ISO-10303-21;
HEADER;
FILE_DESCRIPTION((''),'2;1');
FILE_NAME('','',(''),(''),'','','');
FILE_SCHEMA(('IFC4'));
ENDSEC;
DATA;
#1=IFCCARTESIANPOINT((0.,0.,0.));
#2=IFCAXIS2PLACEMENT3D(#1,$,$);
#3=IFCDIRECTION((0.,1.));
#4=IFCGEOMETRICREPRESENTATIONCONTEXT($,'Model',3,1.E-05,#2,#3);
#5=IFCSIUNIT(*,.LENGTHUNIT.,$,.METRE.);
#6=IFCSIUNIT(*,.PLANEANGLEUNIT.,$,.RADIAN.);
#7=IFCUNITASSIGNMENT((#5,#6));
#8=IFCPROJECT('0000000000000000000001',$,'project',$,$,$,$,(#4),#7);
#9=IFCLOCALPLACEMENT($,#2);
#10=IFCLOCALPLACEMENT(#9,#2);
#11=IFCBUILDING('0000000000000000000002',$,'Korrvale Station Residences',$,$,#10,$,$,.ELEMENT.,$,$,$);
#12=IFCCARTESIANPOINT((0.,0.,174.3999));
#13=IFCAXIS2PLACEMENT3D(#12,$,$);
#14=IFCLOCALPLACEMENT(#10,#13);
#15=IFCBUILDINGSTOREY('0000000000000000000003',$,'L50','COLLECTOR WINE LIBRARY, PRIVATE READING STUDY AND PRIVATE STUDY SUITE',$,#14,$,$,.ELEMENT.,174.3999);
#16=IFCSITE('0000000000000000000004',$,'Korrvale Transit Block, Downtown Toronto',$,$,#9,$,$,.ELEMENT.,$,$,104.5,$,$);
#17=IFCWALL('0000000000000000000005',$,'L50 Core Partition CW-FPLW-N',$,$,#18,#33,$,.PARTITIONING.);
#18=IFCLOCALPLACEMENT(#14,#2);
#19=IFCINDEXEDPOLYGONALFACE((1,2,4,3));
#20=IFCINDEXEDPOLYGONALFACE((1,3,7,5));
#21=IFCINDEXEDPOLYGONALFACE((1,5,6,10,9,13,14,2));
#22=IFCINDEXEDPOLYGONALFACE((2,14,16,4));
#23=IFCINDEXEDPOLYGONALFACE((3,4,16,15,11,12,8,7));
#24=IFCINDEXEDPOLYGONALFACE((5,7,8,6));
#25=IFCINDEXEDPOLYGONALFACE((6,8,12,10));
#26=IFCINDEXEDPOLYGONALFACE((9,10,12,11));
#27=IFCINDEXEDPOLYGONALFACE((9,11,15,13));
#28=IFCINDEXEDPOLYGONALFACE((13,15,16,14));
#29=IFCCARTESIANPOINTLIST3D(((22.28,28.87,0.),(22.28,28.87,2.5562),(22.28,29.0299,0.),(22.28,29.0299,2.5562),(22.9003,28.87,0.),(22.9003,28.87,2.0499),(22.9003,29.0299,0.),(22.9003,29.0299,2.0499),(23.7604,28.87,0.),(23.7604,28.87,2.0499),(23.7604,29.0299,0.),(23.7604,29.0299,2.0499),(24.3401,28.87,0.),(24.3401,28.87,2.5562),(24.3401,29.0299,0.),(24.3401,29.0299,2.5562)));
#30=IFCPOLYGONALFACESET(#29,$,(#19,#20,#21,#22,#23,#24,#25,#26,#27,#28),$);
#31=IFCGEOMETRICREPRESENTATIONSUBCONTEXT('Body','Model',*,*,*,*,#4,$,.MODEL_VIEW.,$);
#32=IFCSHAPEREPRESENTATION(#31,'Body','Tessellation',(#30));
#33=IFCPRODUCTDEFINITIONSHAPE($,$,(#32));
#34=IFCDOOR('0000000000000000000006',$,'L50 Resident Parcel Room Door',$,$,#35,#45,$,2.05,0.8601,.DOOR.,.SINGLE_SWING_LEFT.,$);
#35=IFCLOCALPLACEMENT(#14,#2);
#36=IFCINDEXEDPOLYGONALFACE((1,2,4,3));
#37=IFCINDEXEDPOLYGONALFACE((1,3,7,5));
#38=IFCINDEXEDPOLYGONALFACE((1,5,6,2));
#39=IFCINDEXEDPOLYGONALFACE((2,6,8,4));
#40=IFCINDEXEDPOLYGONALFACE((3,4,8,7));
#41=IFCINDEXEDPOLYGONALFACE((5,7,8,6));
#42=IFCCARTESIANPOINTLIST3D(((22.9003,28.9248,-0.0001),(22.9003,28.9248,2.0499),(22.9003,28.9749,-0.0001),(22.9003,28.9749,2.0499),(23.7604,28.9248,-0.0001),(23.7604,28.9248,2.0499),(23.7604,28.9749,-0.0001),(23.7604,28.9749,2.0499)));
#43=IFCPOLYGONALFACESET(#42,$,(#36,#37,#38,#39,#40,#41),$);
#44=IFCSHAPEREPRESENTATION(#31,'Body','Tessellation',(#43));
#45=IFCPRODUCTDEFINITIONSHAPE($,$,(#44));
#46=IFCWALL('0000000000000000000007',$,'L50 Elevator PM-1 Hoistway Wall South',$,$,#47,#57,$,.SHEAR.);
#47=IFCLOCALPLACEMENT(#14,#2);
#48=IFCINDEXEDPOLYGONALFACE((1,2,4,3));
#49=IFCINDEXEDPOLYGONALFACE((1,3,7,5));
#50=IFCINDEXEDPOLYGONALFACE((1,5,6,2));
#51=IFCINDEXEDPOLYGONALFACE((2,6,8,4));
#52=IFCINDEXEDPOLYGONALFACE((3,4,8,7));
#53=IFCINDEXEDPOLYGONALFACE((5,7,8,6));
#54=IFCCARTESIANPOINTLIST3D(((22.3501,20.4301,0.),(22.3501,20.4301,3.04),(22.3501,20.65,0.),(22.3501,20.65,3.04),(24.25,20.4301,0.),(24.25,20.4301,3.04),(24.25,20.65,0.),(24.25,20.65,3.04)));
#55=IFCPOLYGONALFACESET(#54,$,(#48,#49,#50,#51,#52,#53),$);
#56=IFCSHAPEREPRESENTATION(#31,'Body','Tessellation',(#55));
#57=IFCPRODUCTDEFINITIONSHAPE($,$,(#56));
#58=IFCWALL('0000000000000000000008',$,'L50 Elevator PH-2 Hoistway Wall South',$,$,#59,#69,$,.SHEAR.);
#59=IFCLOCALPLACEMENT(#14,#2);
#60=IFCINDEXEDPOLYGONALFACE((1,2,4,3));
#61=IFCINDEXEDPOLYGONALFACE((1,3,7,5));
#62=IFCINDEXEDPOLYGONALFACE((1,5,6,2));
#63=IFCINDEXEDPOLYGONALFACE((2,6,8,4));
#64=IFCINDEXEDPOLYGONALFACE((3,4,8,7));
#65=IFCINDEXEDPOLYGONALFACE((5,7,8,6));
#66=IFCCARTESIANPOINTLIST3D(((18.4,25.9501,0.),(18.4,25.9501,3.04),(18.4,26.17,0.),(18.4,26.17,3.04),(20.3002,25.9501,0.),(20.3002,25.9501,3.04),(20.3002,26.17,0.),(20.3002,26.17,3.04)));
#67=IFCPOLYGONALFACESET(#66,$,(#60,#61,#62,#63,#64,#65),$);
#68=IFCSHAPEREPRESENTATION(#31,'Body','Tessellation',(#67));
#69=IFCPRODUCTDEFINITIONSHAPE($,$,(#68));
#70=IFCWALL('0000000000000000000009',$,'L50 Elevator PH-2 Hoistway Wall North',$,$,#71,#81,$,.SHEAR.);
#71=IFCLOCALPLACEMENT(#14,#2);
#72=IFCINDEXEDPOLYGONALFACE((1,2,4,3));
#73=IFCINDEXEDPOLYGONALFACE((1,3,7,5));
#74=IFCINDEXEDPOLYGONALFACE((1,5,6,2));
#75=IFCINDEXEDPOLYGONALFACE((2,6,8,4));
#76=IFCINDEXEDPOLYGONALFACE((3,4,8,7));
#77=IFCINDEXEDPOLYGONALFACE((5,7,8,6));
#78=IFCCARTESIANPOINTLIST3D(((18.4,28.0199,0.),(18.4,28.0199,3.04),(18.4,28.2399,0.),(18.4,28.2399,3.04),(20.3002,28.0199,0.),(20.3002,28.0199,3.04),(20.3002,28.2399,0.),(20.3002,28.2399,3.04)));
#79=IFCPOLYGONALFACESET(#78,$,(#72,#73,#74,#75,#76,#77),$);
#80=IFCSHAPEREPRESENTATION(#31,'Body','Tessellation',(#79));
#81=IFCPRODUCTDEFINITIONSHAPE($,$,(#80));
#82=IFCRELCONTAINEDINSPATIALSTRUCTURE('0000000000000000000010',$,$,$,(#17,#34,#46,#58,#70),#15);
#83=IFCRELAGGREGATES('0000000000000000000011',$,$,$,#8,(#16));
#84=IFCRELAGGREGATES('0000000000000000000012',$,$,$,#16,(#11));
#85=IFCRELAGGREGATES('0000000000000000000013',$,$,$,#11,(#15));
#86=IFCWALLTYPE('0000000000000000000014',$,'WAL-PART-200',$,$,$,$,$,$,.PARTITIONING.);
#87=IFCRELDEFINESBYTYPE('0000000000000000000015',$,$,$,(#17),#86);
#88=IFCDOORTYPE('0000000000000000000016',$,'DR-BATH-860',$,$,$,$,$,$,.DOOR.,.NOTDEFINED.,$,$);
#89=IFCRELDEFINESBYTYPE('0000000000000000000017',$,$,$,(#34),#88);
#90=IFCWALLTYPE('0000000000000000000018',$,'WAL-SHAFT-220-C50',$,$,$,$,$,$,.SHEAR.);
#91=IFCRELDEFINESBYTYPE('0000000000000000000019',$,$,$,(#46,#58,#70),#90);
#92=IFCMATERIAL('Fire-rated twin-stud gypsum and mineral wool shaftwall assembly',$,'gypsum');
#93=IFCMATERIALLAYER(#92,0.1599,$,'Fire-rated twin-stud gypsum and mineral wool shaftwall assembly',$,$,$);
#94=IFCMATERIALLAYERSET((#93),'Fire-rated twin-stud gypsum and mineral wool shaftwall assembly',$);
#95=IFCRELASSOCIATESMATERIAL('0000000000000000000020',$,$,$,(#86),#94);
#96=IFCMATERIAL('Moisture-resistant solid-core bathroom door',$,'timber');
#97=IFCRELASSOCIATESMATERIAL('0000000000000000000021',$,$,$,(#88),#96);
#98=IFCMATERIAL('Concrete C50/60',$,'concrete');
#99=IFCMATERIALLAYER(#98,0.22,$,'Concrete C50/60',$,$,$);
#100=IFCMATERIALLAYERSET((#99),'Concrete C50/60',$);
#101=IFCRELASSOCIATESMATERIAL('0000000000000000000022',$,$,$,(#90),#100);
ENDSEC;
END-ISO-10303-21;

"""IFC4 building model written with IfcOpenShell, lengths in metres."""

from ifc_helpers import new_model, si_unit, direction, frame, frame_2d, origin, place, context, subcontext, project, spatial, rectangle, extrude, material, layer, layer_set, type_object, element, fill, save


model = new_model("IFC4")

# Units and contexts
model_context = context("Model", 3, precision=1e-05, world=origin(), true_north=direction((0.0, 1.0)))
body_context = subcontext(model_context, "Body", "Model", "MODEL_VIEW")
ifc_project = project(units=[si_unit("LENGTHUNIT", "METRE"), si_unit("PLANEANGLEUNIT", "RADIAN")], contexts=[model_context])

# Site, building, storey
site_placement = place(None, origin())
site = spatial("IfcSite", under=ifc_project, at=site_placement, Name="Korrvale Transit Block, Downtown Toronto", CompositionType="ELEMENT", RefElevation=104.5)
building_placement = place(site_placement, origin())
building = spatial("IfcBuilding", under=site, at=building_placement, Name="Korrvale Station Residences", CompositionType="ELEMENT")
storey_placement = place(building_placement, frame((0.0, 0.0, 174.3999)))
storey = spatial("IfcBuildingStorey", under=building, at=storey_placement, Name="L50", Description="COLLECTOR WINE LIBRARY, PRIVATE READING STUDY AND PRIVATE STUDY SUITE", CompositionType="ELEMENT", Elevation=174.3999)

# Shared definitions
ifc_material_1 = material(Name="Concrete C50/60", Category="concrete")

# Wall, opening, door
ifc_material_2 = material(Name="Fire-rated twin-stud gypsum and mineral wool shaftwall assembly", Category="gypsum")
ifc_layer_1 = layer(ifc_material_2, 0.1599, Name="Fire-rated twin-stud gypsum and mineral wool shaftwall assembly")
ifc_layer_set_1 = layer_set([ifc_layer_1], Name="Fire-rated twin-stud gypsum and mineral wool shaftwall assembly")
wall_type_1 = type_object("IfcWallType", Name="WAL-PART-200", PredefinedType="PARTITIONING", material=ifc_layer_set_1)
wall_1_placement = place(storey_placement, frame((22.28, 28.95, 0.0), z_axis=(0.0, 0.0, 1.0), x_axis=(1.0, 0.0, 0.0)))
wall_1 = element("IfcWall", 1, at=wall_1_placement, inside=storey, type_object=wall_type_1, Name="L50 Core Partition CW-FPLW-N", PredefinedType="PARTITIONING", context=body_context, shape_type="SweptSolid", body=[
    extrude(rectangle(XDim=2.0601, YDim=0.1599, at=frame_2d((1.03, 0.0))), origin(), (0.0, 0.0, 1.0), 2.5562),
])
opening_1_placement = place(wall_1_placement, frame((0.6201, 0.0, 0.0)))
opening_1 = element("IfcOpeningElement", 2, at=opening_1_placement, cuts=wall_1, PredefinedType="OPENING", context=body_context, shape_type="SweptSolid", body=[
    extrude(rectangle(XDim=0.8601, YDim=2.05, at=frame_2d((0.4302, 1.0249))), frame((0.0, 0.0898, 0.0), z_axis=(0.0, -1.0, 0.0), x_axis=(1.0, 0.0, 0.0)), (0.0, 0.0, 1.0), 0.1799),
])
ifc_material_3 = material(Name="Moisture-resistant solid-core bathroom door", Category="timber")
door_type_1 = type_object("IfcDoorType", Name="DR-BATH-860", OperationType="NOTDEFINED", PredefinedType="DOOR", material=ifc_material_3)
door_1_placement = place(opening_1_placement, origin())
door_1 = element("IfcDoor", 3, at=door_1_placement, inside=storey, type_object=door_type_1, Name="L50 Resident Parcel Room Door", OperationType="SINGLE_SWING_LEFT", OverallHeight=2.05, OverallWidth=0.8601, PredefinedType="DOOR", context=body_context, shape_type="SweptSolid", body=[
    extrude(rectangle(XDim=0.8601, YDim=2.05, at=frame_2d((0.4302, 1.0249))), frame((0.0, 0.0249, 0.0), z_axis=(0.0, -1.0, 0.0), x_axis=(1.0, 0.0, 0.0)), (0.0, 0.0, 1.0), 0.05),
])
fill(opening_1, door_1)

# Wall
ifc_layer_2 = layer(ifc_material_1, 0.22, Name="Concrete C50/60")
ifc_layer_set_2 = layer_set([ifc_layer_2], Name="Concrete C50/60")
wall_type_2 = type_object("IfcWallType", Name="WAL-SHAFT-220-C50", PredefinedType="SHEAR", material=ifc_layer_set_2)
wall_2_placement = place(storey_placement, frame((22.3501, 20.54, 0.0), z_axis=(0.0, 0.0, 1.0), x_axis=(1.0, 0.0, 0.0)))
element("IfcWall", 4, at=wall_2_placement, inside=storey, type_object=wall_type_2, Name="L50 Elevator PM-1 Hoistway Wall South", PredefinedType="SHEAR", context=body_context, shape_type="SweptSolid", body=[
    extrude(rectangle(XDim=1.8999, YDim=0.22, at=frame_2d((0.95, 0.0))), origin(), (0.0, 0.0, 1.0), 3.04),
])

# Walls
for number, where, z_axis, x_axis, name in (
    (5, (18.3999, 26.0601, 0.0), (0.0, 0.0, 1.0), (1.0, 0.0, 0.0), "L50 Elevator PH-2 Hoistway Wall South"),
    (6, (18.3999, 28.1299, 0.0), (0.0, 0.0, 1.0), (1.0, 0.0, 0.0), "L50 Elevator PH-2 Hoistway Wall North"),
):
    element("IfcWall", number, at=place(storey_placement, frame(where, z_axis=z_axis, x_axis=x_axis)), inside=storey, type_object=wall_type_2, Name=name, PredefinedType="SHEAR", context=body_context, shape_type="SweptSolid", body=[
        extrude(rectangle(XDim=1.9001, YDim=0.22, at=frame_2d((0.9502, 0.0))), origin(), (0.0, 0.0, 1.0), 3.04),
    ])

save(model, "model.ifc")
